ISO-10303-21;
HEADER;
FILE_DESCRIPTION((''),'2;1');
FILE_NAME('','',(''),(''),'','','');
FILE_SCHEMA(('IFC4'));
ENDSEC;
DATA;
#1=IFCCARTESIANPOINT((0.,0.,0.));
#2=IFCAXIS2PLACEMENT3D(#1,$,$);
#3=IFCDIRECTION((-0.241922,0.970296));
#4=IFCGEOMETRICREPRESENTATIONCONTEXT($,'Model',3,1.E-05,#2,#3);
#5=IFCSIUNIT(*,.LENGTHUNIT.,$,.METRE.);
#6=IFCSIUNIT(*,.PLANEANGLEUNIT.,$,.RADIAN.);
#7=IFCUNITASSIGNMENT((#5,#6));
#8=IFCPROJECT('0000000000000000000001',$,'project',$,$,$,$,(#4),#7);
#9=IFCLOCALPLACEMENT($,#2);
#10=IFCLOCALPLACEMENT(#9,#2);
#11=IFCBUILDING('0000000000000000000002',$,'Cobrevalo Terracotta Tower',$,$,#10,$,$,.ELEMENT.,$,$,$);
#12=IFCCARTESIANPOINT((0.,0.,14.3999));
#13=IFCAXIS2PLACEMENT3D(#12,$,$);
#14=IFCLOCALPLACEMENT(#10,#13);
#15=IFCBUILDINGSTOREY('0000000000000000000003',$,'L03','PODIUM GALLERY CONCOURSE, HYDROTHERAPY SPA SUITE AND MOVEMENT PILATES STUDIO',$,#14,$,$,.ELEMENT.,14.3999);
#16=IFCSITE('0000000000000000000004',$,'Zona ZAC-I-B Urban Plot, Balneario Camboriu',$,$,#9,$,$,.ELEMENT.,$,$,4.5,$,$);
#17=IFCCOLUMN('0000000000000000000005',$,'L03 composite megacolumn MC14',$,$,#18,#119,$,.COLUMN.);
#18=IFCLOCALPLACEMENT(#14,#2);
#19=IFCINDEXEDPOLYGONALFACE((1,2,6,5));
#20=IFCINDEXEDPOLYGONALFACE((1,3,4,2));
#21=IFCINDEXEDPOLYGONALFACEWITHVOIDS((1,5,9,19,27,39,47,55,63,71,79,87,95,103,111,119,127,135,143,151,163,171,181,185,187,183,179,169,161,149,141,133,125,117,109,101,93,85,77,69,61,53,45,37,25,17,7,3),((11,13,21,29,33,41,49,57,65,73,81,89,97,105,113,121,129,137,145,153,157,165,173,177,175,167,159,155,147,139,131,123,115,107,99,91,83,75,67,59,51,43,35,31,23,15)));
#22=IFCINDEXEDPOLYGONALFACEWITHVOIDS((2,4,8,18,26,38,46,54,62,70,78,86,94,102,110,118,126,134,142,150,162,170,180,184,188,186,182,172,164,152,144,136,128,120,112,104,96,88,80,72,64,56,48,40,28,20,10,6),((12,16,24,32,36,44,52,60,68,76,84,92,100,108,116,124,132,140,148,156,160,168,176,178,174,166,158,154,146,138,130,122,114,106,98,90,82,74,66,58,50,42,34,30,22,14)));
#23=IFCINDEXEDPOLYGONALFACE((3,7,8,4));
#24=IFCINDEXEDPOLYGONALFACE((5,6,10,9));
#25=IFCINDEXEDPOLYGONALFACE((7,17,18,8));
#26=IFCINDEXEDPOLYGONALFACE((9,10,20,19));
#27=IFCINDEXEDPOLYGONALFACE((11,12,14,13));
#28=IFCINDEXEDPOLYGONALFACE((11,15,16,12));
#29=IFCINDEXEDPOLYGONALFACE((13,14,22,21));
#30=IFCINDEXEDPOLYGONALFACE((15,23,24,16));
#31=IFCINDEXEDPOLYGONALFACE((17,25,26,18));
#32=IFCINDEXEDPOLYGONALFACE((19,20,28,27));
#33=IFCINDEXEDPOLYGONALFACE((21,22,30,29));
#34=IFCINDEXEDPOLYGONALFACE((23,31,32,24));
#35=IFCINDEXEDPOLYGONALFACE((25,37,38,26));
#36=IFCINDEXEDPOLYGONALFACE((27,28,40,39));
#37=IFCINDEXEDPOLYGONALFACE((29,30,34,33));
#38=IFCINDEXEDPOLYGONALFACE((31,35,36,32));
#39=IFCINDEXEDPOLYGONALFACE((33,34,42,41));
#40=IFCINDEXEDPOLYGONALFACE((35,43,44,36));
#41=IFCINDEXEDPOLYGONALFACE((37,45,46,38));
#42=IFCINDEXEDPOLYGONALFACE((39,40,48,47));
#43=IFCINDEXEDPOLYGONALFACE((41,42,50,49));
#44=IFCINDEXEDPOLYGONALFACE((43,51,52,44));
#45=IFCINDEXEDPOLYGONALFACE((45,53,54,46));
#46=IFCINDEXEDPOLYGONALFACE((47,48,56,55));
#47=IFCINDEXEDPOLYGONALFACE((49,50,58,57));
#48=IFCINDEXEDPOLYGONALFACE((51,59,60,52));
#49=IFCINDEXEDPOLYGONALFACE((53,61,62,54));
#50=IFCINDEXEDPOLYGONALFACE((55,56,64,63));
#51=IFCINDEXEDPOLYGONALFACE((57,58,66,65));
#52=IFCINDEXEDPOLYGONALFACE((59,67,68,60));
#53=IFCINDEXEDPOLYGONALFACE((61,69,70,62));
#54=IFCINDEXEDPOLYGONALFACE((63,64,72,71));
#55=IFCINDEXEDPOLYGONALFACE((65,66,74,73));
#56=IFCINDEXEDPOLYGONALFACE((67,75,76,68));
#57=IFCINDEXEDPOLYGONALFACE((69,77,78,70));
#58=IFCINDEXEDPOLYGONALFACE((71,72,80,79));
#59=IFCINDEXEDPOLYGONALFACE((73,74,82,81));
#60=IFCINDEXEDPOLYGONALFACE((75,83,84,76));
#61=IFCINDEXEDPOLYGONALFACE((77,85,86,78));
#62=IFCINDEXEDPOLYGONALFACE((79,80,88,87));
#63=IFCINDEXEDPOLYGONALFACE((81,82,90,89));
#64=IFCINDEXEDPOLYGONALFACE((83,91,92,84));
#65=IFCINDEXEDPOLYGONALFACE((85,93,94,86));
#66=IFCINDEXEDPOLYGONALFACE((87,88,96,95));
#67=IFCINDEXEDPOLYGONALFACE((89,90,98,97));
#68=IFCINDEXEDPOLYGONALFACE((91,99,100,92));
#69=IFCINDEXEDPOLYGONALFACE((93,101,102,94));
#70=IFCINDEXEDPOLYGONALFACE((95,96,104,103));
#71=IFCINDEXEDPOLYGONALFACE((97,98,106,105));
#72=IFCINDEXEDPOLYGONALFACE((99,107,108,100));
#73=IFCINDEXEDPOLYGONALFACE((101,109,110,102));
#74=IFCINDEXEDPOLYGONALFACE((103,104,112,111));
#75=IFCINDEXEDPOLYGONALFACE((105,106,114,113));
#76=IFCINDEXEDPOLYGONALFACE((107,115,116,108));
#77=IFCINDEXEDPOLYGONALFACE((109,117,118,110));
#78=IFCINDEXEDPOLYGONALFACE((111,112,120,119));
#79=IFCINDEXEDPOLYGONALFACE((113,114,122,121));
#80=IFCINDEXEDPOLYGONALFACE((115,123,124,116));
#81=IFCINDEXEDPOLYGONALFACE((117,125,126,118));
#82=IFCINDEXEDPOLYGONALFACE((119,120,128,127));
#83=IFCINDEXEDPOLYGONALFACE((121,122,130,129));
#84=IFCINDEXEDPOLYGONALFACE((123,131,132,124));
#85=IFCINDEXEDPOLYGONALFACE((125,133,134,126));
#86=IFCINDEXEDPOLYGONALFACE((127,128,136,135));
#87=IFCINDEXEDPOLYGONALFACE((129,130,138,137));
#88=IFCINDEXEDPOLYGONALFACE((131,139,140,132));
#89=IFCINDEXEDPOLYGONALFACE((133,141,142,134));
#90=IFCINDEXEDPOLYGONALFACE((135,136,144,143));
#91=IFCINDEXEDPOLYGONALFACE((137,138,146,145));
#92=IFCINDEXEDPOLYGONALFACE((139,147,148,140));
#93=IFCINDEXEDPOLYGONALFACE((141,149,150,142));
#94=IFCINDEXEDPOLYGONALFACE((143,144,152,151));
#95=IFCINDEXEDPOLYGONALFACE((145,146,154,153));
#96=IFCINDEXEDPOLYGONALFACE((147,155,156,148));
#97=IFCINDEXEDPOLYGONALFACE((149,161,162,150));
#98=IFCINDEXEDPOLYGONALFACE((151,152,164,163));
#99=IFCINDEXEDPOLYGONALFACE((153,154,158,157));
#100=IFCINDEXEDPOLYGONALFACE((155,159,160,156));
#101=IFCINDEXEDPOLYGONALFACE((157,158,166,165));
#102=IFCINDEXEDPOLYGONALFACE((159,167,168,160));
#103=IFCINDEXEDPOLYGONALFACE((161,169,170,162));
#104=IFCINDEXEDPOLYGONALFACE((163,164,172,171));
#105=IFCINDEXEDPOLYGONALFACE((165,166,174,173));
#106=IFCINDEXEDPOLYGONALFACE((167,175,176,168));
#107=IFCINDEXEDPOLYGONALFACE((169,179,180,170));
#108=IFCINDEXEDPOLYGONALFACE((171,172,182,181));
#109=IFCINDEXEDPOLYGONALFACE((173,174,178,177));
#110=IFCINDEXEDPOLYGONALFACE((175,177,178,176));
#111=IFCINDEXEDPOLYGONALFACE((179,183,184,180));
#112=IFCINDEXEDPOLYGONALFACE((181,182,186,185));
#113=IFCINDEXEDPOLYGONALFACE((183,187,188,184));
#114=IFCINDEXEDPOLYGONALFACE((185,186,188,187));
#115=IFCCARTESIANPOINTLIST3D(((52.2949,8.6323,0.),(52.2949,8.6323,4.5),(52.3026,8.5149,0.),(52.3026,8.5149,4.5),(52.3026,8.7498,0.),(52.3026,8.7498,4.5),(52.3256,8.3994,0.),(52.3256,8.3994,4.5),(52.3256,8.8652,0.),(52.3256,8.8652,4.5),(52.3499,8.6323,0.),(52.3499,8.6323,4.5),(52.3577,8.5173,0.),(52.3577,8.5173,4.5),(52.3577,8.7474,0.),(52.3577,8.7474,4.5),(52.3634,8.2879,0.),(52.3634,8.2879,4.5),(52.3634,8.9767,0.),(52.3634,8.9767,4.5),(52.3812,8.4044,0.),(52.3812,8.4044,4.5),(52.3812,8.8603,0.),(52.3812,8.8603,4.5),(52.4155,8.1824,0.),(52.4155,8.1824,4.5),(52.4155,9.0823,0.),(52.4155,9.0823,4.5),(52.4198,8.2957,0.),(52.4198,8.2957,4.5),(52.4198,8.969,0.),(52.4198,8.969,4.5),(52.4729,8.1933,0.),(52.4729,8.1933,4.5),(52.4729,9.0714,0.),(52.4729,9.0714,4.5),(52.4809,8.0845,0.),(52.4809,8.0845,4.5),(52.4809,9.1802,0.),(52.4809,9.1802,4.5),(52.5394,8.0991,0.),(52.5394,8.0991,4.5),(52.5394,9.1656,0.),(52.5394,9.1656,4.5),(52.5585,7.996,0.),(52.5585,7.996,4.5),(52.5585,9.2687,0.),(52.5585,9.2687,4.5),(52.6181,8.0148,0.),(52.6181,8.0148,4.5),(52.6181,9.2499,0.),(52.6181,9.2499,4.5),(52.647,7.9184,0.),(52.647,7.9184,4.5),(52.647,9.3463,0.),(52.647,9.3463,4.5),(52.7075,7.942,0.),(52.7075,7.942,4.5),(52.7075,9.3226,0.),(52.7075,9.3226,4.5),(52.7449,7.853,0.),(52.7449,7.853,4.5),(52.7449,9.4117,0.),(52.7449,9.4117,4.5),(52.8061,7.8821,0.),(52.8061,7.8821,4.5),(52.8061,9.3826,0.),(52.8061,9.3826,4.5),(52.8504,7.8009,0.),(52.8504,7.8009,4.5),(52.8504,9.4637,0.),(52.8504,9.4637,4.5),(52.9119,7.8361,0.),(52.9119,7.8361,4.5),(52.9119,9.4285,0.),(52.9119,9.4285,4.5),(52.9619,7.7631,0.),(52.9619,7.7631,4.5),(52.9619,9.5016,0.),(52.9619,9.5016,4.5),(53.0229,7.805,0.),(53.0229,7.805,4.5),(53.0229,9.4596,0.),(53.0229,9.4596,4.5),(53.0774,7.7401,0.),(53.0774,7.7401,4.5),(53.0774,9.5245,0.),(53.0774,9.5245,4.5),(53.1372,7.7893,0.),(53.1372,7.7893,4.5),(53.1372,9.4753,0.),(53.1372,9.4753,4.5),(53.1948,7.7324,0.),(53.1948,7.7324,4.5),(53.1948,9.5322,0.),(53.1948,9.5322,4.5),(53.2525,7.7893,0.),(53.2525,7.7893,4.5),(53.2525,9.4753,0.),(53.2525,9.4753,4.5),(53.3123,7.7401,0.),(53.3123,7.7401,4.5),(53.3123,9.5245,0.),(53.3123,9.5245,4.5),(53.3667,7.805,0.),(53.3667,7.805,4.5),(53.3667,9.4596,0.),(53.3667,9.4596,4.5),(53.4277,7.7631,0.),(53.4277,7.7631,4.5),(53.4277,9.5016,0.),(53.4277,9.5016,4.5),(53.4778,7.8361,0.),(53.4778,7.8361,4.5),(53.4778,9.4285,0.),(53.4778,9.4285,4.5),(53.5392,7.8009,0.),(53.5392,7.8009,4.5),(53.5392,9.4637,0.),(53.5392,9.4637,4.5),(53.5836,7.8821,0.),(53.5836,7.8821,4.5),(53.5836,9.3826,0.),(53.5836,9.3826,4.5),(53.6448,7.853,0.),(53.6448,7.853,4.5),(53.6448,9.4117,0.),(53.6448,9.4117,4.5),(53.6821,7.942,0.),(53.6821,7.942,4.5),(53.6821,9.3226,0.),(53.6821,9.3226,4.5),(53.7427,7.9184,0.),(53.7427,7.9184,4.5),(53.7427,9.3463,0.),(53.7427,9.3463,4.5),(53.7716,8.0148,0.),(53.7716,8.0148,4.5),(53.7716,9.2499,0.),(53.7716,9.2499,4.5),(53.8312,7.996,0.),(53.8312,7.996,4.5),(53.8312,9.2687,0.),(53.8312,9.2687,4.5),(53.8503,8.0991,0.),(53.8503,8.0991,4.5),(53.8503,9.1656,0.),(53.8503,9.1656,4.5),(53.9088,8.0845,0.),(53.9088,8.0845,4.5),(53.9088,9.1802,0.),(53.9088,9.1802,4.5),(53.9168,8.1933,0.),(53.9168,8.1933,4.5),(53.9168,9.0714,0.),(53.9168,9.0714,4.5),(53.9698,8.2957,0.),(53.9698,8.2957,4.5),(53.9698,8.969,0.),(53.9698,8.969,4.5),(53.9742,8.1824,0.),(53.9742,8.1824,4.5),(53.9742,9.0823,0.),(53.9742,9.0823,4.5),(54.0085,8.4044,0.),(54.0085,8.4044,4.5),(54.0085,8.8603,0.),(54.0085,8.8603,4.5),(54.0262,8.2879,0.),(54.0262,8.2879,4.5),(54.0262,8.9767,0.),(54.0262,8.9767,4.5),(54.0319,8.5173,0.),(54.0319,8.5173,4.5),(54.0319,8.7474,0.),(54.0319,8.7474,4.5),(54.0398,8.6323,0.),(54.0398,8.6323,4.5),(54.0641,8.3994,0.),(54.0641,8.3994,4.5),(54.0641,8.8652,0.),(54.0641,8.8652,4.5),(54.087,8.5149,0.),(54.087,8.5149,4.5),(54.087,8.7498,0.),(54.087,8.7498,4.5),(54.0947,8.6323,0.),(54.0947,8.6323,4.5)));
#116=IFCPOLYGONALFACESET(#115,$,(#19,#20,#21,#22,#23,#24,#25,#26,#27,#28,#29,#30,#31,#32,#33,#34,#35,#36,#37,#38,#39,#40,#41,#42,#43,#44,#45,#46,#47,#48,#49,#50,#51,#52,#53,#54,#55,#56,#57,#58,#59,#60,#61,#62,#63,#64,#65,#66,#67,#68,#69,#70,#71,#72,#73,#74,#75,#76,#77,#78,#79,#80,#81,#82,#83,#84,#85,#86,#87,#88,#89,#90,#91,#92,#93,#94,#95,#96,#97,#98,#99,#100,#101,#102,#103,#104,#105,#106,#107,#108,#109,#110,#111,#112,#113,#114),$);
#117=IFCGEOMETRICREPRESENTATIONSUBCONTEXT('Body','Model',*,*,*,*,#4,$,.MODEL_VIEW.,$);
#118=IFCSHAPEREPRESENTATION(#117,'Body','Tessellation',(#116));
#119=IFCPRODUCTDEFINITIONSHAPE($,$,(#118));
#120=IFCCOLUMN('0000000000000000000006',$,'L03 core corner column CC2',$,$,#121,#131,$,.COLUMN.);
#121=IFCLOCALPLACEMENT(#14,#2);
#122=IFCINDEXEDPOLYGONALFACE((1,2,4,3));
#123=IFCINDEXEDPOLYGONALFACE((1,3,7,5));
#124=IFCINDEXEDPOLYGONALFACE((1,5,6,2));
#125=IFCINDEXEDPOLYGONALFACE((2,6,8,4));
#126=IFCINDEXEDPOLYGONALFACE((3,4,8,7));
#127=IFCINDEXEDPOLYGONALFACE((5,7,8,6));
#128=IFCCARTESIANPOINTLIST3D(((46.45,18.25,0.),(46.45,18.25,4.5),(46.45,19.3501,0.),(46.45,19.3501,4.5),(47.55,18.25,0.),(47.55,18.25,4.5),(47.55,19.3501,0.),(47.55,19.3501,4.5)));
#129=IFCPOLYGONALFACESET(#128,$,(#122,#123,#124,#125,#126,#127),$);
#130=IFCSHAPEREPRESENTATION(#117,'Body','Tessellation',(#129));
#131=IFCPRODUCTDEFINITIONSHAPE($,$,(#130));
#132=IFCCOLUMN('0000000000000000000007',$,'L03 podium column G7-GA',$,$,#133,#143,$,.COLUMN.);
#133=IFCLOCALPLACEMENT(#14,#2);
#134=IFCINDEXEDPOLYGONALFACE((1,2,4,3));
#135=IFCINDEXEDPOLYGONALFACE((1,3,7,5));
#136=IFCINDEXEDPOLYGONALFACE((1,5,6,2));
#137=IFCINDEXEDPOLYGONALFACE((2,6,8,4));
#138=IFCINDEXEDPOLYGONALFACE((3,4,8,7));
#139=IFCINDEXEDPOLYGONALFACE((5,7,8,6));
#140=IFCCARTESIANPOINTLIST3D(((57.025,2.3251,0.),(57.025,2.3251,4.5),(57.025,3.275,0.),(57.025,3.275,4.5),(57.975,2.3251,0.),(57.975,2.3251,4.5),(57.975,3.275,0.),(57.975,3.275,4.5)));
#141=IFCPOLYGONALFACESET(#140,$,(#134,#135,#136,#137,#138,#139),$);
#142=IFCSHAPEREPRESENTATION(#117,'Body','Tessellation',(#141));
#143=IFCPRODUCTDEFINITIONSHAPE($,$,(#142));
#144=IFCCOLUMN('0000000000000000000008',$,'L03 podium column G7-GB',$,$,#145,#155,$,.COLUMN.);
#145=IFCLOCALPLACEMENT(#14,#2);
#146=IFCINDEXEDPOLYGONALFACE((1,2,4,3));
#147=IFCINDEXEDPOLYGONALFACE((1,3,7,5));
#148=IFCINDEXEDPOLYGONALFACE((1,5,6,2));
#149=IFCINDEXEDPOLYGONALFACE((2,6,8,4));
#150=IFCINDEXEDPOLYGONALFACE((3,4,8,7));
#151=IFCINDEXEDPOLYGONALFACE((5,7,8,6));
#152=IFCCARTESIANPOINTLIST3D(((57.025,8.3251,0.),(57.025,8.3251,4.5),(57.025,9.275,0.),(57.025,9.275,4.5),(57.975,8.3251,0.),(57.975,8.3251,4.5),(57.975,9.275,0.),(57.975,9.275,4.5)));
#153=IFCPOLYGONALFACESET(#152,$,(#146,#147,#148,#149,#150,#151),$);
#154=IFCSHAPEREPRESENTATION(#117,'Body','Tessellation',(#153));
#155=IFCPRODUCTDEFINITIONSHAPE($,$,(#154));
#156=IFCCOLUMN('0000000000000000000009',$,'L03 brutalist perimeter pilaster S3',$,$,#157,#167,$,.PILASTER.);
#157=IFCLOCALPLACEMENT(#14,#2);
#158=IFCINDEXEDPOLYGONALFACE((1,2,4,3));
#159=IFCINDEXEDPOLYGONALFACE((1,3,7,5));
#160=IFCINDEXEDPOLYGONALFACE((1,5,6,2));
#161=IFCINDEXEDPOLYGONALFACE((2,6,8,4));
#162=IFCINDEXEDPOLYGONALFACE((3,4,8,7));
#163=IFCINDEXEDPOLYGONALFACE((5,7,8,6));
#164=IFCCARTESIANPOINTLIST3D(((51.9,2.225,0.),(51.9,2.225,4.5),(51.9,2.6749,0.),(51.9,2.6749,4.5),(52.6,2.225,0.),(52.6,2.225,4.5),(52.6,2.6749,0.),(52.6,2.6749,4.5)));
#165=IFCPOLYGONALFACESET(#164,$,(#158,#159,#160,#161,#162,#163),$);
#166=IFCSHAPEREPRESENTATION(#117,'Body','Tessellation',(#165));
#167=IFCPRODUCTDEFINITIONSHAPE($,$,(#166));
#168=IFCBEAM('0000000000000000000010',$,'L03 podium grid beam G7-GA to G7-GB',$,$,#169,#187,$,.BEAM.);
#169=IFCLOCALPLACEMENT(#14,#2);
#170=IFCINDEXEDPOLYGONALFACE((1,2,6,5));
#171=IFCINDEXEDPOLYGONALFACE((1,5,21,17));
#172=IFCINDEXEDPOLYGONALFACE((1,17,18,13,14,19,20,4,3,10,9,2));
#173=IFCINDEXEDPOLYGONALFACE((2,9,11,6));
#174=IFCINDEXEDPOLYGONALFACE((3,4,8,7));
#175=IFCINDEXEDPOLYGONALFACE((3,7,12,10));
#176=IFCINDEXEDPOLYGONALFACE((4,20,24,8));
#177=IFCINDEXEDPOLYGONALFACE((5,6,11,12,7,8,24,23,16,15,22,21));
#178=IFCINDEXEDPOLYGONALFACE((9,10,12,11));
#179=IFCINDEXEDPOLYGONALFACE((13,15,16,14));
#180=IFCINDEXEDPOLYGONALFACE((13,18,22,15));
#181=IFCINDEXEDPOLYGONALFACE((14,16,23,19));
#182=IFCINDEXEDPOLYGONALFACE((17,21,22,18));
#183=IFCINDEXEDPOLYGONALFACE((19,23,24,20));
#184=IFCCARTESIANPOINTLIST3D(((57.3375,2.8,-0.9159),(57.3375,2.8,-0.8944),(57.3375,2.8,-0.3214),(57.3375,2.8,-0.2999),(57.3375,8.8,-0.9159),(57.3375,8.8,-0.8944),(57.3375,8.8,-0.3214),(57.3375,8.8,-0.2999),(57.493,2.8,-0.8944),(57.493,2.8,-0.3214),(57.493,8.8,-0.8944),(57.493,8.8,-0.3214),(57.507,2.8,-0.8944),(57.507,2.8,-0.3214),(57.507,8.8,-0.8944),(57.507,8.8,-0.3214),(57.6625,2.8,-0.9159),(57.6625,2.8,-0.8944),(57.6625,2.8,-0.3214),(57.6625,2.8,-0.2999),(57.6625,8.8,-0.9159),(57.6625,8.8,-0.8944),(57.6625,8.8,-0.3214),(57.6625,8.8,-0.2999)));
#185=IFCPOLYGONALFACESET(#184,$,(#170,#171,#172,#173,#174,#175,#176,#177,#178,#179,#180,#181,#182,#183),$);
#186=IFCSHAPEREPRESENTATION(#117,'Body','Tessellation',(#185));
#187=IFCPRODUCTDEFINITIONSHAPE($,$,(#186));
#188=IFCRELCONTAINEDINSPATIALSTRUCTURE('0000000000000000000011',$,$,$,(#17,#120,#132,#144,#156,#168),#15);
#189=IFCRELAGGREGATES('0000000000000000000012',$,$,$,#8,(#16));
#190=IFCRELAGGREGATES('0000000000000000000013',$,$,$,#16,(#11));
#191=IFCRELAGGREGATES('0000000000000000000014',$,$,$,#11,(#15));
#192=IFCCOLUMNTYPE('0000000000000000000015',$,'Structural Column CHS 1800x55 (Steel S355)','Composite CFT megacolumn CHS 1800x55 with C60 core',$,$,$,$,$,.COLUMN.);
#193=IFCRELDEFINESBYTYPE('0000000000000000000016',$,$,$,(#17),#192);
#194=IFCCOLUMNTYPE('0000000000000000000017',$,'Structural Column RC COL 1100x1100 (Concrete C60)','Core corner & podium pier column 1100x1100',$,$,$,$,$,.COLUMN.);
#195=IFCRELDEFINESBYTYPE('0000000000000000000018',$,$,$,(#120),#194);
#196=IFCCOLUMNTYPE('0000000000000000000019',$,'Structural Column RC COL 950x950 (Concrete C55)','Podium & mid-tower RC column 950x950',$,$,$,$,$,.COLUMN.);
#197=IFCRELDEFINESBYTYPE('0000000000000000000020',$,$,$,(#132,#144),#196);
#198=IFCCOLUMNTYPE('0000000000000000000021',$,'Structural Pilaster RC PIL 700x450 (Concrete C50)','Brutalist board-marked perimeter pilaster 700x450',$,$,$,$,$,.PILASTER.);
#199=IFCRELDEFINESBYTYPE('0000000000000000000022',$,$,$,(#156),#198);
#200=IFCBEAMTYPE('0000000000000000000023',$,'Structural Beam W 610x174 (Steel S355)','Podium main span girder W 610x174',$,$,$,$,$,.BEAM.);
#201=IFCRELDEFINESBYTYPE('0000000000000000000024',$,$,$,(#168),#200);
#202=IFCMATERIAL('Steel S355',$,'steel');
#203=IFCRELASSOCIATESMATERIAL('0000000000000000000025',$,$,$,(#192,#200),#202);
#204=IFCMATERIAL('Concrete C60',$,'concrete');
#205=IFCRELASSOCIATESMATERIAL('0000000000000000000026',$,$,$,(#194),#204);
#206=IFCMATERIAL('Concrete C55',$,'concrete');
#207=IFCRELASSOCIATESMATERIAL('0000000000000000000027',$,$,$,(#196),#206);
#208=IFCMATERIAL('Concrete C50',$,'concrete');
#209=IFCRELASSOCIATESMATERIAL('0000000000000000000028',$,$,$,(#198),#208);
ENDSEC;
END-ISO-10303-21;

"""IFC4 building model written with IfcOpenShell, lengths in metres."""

from ifc_helpers import new_model, si_unit, direction, frame, origin, origin_2d, place, context, subcontext, project, spatial, rectangle, hollow_circle, i_section, extrude, material, material_profile, profile_set, type_object, element, save


model = new_model("IFC4")

# Units and contexts
model_context = context("Model", 3, precision=1e-05, world=origin(), true_north=direction((-0.241922, 0.970296)))
body_context = subcontext(model_context, "Body", "Model", "MODEL_VIEW")
ifc_project = project(units=[si_unit("LENGTHUNIT", "METRE"), si_unit("PLANEANGLEUNIT", "RADIAN")], contexts=[model_context])

# Site, building, storey
site_placement = place(None, origin())
site = spatial("IfcSite", under=ifc_project, at=site_placement, Name="Zona ZAC-I-B Urban Plot, Balneario Camboriu", CompositionType="ELEMENT", RefElevation=4.5)
building_placement = place(site_placement, origin())
building = spatial("IfcBuilding", under=site, at=building_placement, Name="Cobrevalo Terracotta Tower", CompositionType="ELEMENT")
storey_placement = place(building_placement, frame((0.0, 0.0, 14.3999)))
storey = spatial("IfcBuildingStorey", under=building, at=storey_placement, Name="L03", Description="PODIUM GALLERY CONCOURSE, HYDROTHERAPY SPA SUITE AND MOVEMENT PILATES STUDIO", CompositionType="ELEMENT", Elevation=14.3999)

# Columns
ifc_material_1 = material(Name="Steel S355", Category="steel")
ifc_material_profile_1 = material_profile(ifc_material_1, hollow_circle(Radius=0.8999, WallThickness=0.0549, at=origin_2d()), Name="CHS 1800x55")
ifc_profile_set_1 = profile_set([ifc_material_profile_1], Name="Steel S355")
column_type_1 = type_object("IfcColumnType", Name="Structural Column CHS 1800x55 (Steel S355)", Description="Composite CFT megacolumn CHS 1800x55 with C60 core", PredefinedType="COLUMN", material=ifc_profile_set_1)
column_1_placement = place(storey_placement, frame((53.1948, 8.6323, 0.0), z_axis=(0.0, 0.0, 1.0), x_axis=(1.0, 0.0, 0.0)))
element("IfcColumn", 1, at=column_1_placement, inside=storey, type_object=column_type_1, Name="L03 composite megacolumn MC14", PredefinedType="COLUMN", context=body_context, shape_type="SweptSolid", body=[
    extrude(hollow_circle(Radius=0.8999, WallThickness=0.0549, at=origin_2d()), origin(), (0.0, 0.0, 1.0), 4.5),
])
ifc_material_2 = material(Name="Concrete C60", Category="concrete")
ifc_material_profile_2 = material_profile(ifc_material_2, rectangle(XDim=1.1001, YDim=1.1001, at=origin_2d()), Name="RC COL 1100x1100")
ifc_profile_set_2 = profile_set([ifc_material_profile_2], Name="Concrete C60")
column_type_2 = type_object("IfcColumnType", Name="Structural Column RC COL 1100x1100 (Concrete C60)", Description="Core corner & podium pier column 1100x1100", PredefinedType="COLUMN", material=ifc_profile_set_2)
column_2_placement = place(storey_placement, frame((47.0, 18.8, 0.0), z_axis=(0.0, 0.0, 1.0), x_axis=(1.0, 0.0, 0.0)))
element("IfcColumn", 2, at=column_2_placement, inside=storey, type_object=column_type_2, Name="L03 core corner column CC2", PredefinedType="COLUMN", context=body_context, shape_type="SweptSolid", body=[
    extrude(rectangle(XDim=1.1001, YDim=1.1001, at=origin_2d()), origin(), (0.0, 0.0, 1.0), 4.5),
])
ifc_material_3 = material(Name="Concrete C55", Category="concrete")
ifc_material_profile_3 = material_profile(ifc_material_3, rectangle(XDim=0.95, YDim=0.95, at=origin_2d()), Name="RC COL 950x950")
ifc_profile_set_3 = profile_set([ifc_material_profile_3], Name="Concrete C55")
column_type_3 = type_object("IfcColumnType", Name="Structural Column RC COL 950x950 (Concrete C55)", Description="Podium & mid-tower RC column 950x950", PredefinedType="COLUMN", material=ifc_profile_set_3)
for number, where, z_axis, x_axis, name in (
    (3, (57.5, 2.8, 0.0), (0.0, 0.0, 1.0), (1.0, 0.0, 0.0), "L03 podium column G7-GA"),
    (4, (57.5, 8.8, 0.0), (0.0, 0.0, 1.0), (1.0, 0.0, 0.0), "L03 podium column G7-GB"),
):
    element("IfcColumn", number, at=place(storey_placement, frame(where, z_axis=z_axis, x_axis=x_axis)), inside=storey, type_object=column_type_3, Name=name, PredefinedType="COLUMN", context=body_context, shape_type="SweptSolid", body=[
        extrude(rectangle(XDim=0.95, YDim=0.95, at=origin_2d()), origin(), (0.0, 0.0, 1.0), 4.5),
    ])
ifc_material_4 = material(Name="Concrete C50", Category="concrete")
ifc_material_profile_4 = material_profile(ifc_material_4, rectangle(XDim=0.7, YDim=0.45, at=origin_2d()), Name="RC PIL 700x450")
ifc_profile_set_4 = profile_set([ifc_material_profile_4], Name="Concrete C50")
column_type_4 = type_object("IfcColumnType", Name="Structural Pilaster RC PIL 700x450 (Concrete C50)", Description="Brutalist board-marked perimeter pilaster 700x450", PredefinedType="PILASTER", material=ifc_profile_set_4)
column_3_placement = place(storey_placement, frame((52.25, 2.45, 0.0), z_axis=(0.0, 0.0, 1.0), x_axis=(1.0, 0.0, 0.0)))
element("IfcColumn", 5, at=column_3_placement, inside=storey, type_object=column_type_4, Name="L03 brutalist perimeter pilaster S3", PredefinedType="PILASTER", context=body_context, shape_type="SweptSolid", body=[
    extrude(rectangle(XDim=0.7, YDim=0.45, at=origin_2d()), origin(), (0.0, 0.0, 1.0), 4.5),
])

# Beam
ifc_material_profile_5 = material_profile(ifc_material_1, i_section(OverallWidth=0.325, OverallDepth=0.616, WebThickness=0.0139, FlangeThickness=0.0215, at=origin_2d()), Name="W 610x174")
ifc_profile_set_5 = profile_set([ifc_material_profile_5], Name="Steel S355")
beam_type_1 = type_object("IfcBeamType", Name="Structural Beam W 610x174 (Steel S355)", Description="Podium main span girder W 610x174", PredefinedType="BEAM", material=ifc_profile_set_5)
beam_1_placement = place(storey_placement, frame((57.5, 2.8, -0.6079), z_axis=(0.0, 1.0, 0.0), x_axis=(-1.0, 0.0, 0.0)))
element("IfcBeam", 6, at=beam_1_placement, inside=storey, type_object=beam_type_1, Name="L03 podium grid beam G7-GA to G7-GB", PredefinedType="BEAM", context=body_context, shape_type="SweptSolid", body=[
    extrude(i_section(OverallWidth=0.325, OverallDepth=0.616, WebThickness=0.0139, FlangeThickness=0.0215, at=origin_2d()), origin(), (0.0, 0.0, 1.0), 6.0),
])

save(model, "model.ifc")
